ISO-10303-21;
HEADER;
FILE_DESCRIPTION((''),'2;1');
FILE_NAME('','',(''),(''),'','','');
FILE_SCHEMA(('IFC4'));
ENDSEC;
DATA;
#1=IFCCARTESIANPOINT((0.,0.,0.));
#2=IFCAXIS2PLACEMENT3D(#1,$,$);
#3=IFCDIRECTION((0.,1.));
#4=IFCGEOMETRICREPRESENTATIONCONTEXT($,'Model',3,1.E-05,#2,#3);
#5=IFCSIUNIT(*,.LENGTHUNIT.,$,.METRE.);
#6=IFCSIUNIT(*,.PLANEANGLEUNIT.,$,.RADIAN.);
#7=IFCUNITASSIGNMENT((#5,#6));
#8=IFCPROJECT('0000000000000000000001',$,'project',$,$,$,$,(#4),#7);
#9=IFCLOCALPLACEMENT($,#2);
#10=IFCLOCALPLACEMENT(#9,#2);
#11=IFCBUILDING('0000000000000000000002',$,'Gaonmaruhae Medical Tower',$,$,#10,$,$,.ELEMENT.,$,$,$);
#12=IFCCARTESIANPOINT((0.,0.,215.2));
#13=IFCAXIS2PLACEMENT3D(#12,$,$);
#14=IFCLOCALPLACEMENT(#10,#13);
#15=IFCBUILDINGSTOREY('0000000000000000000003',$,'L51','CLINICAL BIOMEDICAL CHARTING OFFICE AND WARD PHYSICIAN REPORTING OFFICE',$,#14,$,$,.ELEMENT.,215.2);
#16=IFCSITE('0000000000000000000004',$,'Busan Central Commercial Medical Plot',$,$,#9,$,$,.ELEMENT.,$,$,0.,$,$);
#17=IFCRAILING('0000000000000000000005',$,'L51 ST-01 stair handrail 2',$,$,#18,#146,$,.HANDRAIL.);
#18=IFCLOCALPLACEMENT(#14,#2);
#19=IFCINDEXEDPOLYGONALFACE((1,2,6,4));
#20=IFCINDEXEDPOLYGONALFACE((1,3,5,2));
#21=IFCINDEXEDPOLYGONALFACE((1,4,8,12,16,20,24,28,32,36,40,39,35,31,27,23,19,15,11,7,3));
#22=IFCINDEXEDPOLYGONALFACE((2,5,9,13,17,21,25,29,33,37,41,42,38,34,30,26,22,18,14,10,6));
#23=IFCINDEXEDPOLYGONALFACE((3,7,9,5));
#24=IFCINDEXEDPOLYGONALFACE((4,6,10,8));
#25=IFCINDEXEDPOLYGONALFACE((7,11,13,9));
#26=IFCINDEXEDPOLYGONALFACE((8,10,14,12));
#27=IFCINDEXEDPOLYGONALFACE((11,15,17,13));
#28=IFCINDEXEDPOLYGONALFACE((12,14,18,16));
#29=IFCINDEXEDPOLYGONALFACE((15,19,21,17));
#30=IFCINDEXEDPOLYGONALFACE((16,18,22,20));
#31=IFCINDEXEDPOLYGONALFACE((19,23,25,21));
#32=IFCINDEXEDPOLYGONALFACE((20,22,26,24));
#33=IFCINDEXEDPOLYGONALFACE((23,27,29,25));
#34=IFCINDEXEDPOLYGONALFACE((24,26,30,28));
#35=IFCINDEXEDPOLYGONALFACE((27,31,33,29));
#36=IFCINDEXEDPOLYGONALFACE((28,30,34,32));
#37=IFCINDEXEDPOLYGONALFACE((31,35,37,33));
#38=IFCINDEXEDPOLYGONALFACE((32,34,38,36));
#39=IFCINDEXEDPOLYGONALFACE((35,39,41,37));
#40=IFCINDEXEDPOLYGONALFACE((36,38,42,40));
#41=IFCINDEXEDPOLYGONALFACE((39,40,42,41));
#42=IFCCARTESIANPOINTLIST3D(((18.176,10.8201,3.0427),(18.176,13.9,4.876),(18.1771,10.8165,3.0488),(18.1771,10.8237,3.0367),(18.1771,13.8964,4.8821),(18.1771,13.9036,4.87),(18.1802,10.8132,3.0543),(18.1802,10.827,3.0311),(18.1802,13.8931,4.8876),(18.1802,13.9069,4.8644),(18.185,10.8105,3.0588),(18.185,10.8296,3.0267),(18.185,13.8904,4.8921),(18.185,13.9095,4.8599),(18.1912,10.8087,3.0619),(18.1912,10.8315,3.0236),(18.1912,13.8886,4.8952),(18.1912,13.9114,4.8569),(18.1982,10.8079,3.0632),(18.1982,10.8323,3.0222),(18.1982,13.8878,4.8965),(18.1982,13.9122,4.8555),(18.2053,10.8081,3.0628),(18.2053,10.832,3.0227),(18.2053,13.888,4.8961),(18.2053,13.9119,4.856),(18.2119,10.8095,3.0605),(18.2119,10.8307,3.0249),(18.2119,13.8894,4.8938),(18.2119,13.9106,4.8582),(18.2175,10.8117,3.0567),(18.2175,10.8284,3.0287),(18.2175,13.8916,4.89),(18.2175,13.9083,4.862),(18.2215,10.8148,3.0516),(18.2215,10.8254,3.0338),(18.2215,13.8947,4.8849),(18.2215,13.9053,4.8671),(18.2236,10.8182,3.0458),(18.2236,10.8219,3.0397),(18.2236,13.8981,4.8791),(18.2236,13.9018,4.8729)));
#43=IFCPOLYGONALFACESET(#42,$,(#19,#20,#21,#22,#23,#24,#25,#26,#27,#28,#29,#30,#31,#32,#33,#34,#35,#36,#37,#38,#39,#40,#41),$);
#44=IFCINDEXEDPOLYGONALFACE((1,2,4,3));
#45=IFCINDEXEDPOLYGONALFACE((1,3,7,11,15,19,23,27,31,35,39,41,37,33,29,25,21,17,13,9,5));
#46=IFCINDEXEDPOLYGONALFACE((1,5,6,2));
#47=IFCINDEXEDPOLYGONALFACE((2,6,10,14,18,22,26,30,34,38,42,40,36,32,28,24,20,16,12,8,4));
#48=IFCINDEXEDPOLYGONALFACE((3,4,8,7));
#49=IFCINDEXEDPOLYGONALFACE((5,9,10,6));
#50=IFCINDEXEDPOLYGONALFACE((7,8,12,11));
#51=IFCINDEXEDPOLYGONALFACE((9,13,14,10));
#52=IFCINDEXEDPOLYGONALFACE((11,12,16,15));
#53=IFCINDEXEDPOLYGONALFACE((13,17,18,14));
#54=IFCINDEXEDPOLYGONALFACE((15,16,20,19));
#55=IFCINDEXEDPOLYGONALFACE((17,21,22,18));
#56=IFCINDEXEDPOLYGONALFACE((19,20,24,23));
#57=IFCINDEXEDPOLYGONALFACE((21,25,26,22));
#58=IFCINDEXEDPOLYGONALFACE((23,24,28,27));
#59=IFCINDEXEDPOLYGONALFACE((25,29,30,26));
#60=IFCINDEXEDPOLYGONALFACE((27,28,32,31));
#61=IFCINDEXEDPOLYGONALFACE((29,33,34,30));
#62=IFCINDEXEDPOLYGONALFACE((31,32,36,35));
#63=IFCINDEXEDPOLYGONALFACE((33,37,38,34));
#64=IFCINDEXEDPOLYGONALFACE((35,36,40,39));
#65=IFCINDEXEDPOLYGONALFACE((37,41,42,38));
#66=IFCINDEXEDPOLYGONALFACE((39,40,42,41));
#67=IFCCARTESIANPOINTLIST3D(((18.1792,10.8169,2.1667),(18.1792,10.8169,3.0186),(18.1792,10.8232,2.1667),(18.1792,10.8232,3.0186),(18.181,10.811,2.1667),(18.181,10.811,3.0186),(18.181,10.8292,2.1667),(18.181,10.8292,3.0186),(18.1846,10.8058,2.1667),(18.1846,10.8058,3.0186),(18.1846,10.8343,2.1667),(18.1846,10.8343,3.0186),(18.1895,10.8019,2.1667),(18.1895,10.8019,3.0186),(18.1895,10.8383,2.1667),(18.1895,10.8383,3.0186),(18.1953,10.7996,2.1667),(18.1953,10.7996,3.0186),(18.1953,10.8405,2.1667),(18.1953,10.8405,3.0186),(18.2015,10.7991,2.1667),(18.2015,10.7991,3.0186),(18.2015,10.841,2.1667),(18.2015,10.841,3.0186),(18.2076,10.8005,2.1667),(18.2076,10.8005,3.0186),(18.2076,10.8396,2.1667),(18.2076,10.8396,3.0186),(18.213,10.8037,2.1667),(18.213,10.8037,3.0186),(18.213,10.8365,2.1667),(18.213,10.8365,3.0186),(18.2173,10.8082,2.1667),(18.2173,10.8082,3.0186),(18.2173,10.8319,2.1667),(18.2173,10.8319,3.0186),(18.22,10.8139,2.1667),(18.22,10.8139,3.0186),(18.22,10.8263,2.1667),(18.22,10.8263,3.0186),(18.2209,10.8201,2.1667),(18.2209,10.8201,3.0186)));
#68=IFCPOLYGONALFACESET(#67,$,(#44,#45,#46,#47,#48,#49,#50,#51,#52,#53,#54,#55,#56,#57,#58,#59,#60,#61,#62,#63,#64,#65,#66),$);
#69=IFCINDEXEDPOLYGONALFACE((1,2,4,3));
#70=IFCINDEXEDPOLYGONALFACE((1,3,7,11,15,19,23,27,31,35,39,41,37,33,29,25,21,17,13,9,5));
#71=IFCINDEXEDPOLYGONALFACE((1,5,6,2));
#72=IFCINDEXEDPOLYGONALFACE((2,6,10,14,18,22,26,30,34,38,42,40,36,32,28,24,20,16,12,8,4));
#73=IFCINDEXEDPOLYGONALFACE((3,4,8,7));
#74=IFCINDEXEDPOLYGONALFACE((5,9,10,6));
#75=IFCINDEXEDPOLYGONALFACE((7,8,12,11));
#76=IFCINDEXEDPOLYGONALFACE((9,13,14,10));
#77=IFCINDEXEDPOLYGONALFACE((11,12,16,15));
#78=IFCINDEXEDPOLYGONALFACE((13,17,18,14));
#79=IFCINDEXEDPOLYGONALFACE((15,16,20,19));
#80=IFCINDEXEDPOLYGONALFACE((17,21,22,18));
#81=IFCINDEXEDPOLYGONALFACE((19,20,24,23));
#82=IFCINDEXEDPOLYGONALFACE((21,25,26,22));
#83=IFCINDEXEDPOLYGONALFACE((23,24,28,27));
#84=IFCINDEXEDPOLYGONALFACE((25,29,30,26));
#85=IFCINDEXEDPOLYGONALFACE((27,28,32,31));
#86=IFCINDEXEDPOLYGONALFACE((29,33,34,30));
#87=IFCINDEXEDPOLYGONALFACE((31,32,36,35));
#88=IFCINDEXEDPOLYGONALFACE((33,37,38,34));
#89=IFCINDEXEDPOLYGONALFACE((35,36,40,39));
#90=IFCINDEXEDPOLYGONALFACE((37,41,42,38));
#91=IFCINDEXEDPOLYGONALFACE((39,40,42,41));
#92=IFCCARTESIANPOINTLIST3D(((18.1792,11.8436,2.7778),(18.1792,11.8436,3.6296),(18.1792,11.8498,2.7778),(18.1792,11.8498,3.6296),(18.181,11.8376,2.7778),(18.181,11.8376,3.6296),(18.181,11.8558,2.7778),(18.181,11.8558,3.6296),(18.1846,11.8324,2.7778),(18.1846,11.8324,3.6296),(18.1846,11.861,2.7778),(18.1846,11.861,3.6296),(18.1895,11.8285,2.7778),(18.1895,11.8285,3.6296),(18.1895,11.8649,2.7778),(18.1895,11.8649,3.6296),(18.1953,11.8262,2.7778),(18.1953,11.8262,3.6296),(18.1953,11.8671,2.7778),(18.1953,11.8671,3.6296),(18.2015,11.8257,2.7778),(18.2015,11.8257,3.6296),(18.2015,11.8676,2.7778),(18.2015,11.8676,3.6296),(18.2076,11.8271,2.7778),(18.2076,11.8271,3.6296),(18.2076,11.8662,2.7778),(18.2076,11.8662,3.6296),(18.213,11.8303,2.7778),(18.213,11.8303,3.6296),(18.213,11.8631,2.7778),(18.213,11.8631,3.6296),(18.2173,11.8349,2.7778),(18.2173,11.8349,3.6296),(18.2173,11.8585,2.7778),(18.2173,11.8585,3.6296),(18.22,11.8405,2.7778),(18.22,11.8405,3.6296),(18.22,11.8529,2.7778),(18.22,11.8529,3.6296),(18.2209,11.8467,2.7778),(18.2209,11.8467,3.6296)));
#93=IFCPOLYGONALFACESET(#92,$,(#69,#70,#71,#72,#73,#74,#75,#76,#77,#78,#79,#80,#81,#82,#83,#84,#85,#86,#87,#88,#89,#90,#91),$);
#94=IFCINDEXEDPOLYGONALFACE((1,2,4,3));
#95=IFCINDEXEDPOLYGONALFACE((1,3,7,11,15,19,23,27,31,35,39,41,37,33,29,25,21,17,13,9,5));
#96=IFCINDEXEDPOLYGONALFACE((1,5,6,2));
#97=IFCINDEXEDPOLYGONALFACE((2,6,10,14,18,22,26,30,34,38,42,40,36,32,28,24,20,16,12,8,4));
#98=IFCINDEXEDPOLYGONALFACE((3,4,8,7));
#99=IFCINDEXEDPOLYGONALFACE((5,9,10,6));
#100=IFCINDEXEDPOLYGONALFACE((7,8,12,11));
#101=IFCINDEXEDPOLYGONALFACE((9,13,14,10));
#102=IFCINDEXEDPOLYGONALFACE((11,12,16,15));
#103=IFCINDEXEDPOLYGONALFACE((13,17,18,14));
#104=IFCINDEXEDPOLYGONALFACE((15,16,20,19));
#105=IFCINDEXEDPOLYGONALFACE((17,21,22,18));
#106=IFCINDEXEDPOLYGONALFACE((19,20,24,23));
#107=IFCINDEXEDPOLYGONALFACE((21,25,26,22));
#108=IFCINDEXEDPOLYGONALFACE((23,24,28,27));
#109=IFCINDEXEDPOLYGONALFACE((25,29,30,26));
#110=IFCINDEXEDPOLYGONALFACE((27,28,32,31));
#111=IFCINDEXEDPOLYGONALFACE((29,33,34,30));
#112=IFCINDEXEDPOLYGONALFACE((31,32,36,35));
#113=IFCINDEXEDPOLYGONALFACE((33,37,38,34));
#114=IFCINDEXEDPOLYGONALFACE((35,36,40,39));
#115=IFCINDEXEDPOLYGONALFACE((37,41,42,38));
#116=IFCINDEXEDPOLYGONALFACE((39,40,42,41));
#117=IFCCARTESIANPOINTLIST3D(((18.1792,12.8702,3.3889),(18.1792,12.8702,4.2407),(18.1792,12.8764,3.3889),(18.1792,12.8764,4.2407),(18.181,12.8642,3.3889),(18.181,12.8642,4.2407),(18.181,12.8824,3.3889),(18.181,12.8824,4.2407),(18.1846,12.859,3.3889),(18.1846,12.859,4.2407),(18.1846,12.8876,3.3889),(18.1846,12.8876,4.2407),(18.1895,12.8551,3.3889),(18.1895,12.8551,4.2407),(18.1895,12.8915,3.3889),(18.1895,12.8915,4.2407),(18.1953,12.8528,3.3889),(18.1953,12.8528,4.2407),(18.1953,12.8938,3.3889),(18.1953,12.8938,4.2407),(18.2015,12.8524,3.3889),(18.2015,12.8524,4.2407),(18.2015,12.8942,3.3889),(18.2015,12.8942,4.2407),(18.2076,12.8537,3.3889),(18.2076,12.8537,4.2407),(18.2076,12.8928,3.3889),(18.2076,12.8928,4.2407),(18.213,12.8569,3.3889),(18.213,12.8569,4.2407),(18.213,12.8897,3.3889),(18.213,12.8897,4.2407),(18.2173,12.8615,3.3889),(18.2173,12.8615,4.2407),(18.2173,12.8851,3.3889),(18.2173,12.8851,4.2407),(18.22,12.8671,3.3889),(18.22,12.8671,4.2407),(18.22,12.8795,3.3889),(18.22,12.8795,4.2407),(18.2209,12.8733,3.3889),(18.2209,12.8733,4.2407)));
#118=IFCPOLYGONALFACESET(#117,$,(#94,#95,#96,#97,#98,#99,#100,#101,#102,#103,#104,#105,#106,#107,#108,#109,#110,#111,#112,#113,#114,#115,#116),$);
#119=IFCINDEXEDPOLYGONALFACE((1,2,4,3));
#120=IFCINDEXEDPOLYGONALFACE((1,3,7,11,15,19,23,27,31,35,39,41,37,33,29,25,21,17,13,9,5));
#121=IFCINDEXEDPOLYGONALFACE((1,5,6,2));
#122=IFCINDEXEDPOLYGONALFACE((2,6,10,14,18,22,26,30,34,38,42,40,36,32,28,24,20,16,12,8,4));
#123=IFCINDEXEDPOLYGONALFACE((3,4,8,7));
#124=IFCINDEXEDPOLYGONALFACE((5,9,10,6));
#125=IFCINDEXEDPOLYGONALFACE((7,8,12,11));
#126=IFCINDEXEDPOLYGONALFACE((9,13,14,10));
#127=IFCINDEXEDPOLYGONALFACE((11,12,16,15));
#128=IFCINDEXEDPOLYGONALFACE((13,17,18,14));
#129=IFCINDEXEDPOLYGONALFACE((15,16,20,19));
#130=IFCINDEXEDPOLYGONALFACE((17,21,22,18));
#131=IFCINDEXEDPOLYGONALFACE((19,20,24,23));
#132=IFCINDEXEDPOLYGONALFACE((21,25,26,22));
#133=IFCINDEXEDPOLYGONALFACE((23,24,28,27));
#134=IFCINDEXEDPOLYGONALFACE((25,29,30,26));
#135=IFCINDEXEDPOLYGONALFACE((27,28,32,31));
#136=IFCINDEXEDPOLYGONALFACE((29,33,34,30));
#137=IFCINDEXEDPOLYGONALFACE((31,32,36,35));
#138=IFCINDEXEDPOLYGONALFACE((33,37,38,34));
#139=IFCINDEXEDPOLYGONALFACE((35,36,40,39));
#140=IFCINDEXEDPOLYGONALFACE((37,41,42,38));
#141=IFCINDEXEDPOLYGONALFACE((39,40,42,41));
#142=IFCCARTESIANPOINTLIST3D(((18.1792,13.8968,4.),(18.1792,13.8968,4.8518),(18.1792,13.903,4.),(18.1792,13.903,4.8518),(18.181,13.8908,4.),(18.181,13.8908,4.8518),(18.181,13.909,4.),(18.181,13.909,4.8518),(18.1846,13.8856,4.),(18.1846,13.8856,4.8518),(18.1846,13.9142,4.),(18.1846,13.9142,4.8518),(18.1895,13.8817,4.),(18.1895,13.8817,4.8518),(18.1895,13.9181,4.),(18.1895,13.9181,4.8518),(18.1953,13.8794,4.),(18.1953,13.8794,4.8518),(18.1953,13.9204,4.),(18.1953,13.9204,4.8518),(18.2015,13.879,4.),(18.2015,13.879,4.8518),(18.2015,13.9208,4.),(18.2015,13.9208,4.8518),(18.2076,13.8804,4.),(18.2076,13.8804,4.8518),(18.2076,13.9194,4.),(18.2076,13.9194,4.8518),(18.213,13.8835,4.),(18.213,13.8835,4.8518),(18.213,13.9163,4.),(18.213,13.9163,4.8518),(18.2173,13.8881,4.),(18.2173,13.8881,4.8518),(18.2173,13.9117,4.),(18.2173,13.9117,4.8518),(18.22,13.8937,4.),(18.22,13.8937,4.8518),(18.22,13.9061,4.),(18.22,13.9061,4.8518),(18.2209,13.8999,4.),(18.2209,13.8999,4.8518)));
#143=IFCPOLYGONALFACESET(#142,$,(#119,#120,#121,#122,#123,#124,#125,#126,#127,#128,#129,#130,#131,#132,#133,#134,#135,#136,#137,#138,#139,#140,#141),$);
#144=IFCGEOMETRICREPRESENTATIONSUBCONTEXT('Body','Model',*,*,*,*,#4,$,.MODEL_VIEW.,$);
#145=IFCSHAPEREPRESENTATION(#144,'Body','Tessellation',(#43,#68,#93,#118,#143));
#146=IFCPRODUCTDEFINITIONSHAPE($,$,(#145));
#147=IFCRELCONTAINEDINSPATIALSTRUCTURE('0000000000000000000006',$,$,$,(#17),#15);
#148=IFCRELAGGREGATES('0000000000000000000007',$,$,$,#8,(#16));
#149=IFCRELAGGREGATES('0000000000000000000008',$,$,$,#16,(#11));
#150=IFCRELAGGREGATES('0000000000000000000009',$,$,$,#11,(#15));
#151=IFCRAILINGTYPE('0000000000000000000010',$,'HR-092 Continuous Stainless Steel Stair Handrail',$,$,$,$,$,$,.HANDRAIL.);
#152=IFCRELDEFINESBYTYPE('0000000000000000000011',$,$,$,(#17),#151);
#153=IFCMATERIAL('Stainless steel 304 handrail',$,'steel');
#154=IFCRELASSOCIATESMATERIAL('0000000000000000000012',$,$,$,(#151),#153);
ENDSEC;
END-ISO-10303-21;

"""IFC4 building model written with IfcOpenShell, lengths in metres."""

from ifc_helpers import new_model, si_unit, direction, frame, origin, origin_2d, place, context, subcontext, project, spatial, circle, extrude, material, type_object, element, save


model = new_model("IFC4")

# Units and contexts
model_context = context("Model", 3, precision=1e-05, world=origin(), true_north=direction((0.0, 1.0)))
body_context = subcontext(model_context, "Body", "Model", "MODEL_VIEW")
ifc_project = project(units=[si_unit("LENGTHUNIT", "METRE"), si_unit("PLANEANGLEUNIT", "RADIAN")], contexts=[model_context])

# Site, building, storey
site_placement = place(None, origin())
site = spatial("IfcSite", under=ifc_project, at=site_placement, Name="Busan Central Commercial Medical Plot", CompositionType="ELEMENT", RefElevation=0.0)
building_placement = place(site_placement, origin())
building = spatial("IfcBuilding", under=site, at=building_placement, Name="Gaonmaruhae Medical Tower", CompositionType="ELEMENT")
storey_placement = place(building_placement, frame((0.0, 0.0, 215.2)))
storey = spatial("IfcBuildingStorey", under=building, at=storey_placement, Name="L51", Description="CLINICAL BIOMEDICAL CHARTING OFFICE AND WARD PHYSICIAN REPORTING OFFICE", CompositionType="ELEMENT", Elevation=215.2)

# Railing
ifc_material_1 = material(Name="Stainless steel 304 handrail", Category="steel")
railing_type_1 = type_object("IfcRailingType", Name="HR-092 Continuous Stainless Steel Stair Handrail", PredefinedType="HANDRAIL", material=ifc_material_1)
railing_1_placement = place(storey_placement, frame((18.2, 10.8201, 2.1667)))
element("IfcRailing", 1, at=railing_1_placement, inside=storey, type_object=railing_type_1, Name="L51 ST-01 stair handrail 2", PredefinedType="HANDRAIL", context=body_context, shape_type="SweptSolid", body=[
    extrude(circle(Radius=0.0239, at=origin_2d()), frame((0.0, 0.0, 0.876), z_axis=(0.0, 0.859291, 0.511487), x_axis=(-1.0, 0.0, 0.0)), (0.0, 0.0, 1.0), 3.5842),
    extrude(circle(Radius=0.021, at=origin_2d()), origin(), (0.0, 0.0, 1.0), 0.8518),
    extrude(circle(Radius=0.021, at=origin_2d()), frame((0.0, 1.0266, 0.6111)), (0.0, 0.0, 1.0), 0.8518),
    extrude(circle(Radius=0.021, at=origin_2d()), frame((0.0, 2.0532, 1.2222)), (0.0, 0.0, 1.0), 0.8518),
    extrude(circle(Radius=0.021, at=origin_2d()), frame((0.0, 3.0798, 1.8333)), (0.0, 0.0, 1.0), 0.8518),
])

save(model, "model.ifc")
